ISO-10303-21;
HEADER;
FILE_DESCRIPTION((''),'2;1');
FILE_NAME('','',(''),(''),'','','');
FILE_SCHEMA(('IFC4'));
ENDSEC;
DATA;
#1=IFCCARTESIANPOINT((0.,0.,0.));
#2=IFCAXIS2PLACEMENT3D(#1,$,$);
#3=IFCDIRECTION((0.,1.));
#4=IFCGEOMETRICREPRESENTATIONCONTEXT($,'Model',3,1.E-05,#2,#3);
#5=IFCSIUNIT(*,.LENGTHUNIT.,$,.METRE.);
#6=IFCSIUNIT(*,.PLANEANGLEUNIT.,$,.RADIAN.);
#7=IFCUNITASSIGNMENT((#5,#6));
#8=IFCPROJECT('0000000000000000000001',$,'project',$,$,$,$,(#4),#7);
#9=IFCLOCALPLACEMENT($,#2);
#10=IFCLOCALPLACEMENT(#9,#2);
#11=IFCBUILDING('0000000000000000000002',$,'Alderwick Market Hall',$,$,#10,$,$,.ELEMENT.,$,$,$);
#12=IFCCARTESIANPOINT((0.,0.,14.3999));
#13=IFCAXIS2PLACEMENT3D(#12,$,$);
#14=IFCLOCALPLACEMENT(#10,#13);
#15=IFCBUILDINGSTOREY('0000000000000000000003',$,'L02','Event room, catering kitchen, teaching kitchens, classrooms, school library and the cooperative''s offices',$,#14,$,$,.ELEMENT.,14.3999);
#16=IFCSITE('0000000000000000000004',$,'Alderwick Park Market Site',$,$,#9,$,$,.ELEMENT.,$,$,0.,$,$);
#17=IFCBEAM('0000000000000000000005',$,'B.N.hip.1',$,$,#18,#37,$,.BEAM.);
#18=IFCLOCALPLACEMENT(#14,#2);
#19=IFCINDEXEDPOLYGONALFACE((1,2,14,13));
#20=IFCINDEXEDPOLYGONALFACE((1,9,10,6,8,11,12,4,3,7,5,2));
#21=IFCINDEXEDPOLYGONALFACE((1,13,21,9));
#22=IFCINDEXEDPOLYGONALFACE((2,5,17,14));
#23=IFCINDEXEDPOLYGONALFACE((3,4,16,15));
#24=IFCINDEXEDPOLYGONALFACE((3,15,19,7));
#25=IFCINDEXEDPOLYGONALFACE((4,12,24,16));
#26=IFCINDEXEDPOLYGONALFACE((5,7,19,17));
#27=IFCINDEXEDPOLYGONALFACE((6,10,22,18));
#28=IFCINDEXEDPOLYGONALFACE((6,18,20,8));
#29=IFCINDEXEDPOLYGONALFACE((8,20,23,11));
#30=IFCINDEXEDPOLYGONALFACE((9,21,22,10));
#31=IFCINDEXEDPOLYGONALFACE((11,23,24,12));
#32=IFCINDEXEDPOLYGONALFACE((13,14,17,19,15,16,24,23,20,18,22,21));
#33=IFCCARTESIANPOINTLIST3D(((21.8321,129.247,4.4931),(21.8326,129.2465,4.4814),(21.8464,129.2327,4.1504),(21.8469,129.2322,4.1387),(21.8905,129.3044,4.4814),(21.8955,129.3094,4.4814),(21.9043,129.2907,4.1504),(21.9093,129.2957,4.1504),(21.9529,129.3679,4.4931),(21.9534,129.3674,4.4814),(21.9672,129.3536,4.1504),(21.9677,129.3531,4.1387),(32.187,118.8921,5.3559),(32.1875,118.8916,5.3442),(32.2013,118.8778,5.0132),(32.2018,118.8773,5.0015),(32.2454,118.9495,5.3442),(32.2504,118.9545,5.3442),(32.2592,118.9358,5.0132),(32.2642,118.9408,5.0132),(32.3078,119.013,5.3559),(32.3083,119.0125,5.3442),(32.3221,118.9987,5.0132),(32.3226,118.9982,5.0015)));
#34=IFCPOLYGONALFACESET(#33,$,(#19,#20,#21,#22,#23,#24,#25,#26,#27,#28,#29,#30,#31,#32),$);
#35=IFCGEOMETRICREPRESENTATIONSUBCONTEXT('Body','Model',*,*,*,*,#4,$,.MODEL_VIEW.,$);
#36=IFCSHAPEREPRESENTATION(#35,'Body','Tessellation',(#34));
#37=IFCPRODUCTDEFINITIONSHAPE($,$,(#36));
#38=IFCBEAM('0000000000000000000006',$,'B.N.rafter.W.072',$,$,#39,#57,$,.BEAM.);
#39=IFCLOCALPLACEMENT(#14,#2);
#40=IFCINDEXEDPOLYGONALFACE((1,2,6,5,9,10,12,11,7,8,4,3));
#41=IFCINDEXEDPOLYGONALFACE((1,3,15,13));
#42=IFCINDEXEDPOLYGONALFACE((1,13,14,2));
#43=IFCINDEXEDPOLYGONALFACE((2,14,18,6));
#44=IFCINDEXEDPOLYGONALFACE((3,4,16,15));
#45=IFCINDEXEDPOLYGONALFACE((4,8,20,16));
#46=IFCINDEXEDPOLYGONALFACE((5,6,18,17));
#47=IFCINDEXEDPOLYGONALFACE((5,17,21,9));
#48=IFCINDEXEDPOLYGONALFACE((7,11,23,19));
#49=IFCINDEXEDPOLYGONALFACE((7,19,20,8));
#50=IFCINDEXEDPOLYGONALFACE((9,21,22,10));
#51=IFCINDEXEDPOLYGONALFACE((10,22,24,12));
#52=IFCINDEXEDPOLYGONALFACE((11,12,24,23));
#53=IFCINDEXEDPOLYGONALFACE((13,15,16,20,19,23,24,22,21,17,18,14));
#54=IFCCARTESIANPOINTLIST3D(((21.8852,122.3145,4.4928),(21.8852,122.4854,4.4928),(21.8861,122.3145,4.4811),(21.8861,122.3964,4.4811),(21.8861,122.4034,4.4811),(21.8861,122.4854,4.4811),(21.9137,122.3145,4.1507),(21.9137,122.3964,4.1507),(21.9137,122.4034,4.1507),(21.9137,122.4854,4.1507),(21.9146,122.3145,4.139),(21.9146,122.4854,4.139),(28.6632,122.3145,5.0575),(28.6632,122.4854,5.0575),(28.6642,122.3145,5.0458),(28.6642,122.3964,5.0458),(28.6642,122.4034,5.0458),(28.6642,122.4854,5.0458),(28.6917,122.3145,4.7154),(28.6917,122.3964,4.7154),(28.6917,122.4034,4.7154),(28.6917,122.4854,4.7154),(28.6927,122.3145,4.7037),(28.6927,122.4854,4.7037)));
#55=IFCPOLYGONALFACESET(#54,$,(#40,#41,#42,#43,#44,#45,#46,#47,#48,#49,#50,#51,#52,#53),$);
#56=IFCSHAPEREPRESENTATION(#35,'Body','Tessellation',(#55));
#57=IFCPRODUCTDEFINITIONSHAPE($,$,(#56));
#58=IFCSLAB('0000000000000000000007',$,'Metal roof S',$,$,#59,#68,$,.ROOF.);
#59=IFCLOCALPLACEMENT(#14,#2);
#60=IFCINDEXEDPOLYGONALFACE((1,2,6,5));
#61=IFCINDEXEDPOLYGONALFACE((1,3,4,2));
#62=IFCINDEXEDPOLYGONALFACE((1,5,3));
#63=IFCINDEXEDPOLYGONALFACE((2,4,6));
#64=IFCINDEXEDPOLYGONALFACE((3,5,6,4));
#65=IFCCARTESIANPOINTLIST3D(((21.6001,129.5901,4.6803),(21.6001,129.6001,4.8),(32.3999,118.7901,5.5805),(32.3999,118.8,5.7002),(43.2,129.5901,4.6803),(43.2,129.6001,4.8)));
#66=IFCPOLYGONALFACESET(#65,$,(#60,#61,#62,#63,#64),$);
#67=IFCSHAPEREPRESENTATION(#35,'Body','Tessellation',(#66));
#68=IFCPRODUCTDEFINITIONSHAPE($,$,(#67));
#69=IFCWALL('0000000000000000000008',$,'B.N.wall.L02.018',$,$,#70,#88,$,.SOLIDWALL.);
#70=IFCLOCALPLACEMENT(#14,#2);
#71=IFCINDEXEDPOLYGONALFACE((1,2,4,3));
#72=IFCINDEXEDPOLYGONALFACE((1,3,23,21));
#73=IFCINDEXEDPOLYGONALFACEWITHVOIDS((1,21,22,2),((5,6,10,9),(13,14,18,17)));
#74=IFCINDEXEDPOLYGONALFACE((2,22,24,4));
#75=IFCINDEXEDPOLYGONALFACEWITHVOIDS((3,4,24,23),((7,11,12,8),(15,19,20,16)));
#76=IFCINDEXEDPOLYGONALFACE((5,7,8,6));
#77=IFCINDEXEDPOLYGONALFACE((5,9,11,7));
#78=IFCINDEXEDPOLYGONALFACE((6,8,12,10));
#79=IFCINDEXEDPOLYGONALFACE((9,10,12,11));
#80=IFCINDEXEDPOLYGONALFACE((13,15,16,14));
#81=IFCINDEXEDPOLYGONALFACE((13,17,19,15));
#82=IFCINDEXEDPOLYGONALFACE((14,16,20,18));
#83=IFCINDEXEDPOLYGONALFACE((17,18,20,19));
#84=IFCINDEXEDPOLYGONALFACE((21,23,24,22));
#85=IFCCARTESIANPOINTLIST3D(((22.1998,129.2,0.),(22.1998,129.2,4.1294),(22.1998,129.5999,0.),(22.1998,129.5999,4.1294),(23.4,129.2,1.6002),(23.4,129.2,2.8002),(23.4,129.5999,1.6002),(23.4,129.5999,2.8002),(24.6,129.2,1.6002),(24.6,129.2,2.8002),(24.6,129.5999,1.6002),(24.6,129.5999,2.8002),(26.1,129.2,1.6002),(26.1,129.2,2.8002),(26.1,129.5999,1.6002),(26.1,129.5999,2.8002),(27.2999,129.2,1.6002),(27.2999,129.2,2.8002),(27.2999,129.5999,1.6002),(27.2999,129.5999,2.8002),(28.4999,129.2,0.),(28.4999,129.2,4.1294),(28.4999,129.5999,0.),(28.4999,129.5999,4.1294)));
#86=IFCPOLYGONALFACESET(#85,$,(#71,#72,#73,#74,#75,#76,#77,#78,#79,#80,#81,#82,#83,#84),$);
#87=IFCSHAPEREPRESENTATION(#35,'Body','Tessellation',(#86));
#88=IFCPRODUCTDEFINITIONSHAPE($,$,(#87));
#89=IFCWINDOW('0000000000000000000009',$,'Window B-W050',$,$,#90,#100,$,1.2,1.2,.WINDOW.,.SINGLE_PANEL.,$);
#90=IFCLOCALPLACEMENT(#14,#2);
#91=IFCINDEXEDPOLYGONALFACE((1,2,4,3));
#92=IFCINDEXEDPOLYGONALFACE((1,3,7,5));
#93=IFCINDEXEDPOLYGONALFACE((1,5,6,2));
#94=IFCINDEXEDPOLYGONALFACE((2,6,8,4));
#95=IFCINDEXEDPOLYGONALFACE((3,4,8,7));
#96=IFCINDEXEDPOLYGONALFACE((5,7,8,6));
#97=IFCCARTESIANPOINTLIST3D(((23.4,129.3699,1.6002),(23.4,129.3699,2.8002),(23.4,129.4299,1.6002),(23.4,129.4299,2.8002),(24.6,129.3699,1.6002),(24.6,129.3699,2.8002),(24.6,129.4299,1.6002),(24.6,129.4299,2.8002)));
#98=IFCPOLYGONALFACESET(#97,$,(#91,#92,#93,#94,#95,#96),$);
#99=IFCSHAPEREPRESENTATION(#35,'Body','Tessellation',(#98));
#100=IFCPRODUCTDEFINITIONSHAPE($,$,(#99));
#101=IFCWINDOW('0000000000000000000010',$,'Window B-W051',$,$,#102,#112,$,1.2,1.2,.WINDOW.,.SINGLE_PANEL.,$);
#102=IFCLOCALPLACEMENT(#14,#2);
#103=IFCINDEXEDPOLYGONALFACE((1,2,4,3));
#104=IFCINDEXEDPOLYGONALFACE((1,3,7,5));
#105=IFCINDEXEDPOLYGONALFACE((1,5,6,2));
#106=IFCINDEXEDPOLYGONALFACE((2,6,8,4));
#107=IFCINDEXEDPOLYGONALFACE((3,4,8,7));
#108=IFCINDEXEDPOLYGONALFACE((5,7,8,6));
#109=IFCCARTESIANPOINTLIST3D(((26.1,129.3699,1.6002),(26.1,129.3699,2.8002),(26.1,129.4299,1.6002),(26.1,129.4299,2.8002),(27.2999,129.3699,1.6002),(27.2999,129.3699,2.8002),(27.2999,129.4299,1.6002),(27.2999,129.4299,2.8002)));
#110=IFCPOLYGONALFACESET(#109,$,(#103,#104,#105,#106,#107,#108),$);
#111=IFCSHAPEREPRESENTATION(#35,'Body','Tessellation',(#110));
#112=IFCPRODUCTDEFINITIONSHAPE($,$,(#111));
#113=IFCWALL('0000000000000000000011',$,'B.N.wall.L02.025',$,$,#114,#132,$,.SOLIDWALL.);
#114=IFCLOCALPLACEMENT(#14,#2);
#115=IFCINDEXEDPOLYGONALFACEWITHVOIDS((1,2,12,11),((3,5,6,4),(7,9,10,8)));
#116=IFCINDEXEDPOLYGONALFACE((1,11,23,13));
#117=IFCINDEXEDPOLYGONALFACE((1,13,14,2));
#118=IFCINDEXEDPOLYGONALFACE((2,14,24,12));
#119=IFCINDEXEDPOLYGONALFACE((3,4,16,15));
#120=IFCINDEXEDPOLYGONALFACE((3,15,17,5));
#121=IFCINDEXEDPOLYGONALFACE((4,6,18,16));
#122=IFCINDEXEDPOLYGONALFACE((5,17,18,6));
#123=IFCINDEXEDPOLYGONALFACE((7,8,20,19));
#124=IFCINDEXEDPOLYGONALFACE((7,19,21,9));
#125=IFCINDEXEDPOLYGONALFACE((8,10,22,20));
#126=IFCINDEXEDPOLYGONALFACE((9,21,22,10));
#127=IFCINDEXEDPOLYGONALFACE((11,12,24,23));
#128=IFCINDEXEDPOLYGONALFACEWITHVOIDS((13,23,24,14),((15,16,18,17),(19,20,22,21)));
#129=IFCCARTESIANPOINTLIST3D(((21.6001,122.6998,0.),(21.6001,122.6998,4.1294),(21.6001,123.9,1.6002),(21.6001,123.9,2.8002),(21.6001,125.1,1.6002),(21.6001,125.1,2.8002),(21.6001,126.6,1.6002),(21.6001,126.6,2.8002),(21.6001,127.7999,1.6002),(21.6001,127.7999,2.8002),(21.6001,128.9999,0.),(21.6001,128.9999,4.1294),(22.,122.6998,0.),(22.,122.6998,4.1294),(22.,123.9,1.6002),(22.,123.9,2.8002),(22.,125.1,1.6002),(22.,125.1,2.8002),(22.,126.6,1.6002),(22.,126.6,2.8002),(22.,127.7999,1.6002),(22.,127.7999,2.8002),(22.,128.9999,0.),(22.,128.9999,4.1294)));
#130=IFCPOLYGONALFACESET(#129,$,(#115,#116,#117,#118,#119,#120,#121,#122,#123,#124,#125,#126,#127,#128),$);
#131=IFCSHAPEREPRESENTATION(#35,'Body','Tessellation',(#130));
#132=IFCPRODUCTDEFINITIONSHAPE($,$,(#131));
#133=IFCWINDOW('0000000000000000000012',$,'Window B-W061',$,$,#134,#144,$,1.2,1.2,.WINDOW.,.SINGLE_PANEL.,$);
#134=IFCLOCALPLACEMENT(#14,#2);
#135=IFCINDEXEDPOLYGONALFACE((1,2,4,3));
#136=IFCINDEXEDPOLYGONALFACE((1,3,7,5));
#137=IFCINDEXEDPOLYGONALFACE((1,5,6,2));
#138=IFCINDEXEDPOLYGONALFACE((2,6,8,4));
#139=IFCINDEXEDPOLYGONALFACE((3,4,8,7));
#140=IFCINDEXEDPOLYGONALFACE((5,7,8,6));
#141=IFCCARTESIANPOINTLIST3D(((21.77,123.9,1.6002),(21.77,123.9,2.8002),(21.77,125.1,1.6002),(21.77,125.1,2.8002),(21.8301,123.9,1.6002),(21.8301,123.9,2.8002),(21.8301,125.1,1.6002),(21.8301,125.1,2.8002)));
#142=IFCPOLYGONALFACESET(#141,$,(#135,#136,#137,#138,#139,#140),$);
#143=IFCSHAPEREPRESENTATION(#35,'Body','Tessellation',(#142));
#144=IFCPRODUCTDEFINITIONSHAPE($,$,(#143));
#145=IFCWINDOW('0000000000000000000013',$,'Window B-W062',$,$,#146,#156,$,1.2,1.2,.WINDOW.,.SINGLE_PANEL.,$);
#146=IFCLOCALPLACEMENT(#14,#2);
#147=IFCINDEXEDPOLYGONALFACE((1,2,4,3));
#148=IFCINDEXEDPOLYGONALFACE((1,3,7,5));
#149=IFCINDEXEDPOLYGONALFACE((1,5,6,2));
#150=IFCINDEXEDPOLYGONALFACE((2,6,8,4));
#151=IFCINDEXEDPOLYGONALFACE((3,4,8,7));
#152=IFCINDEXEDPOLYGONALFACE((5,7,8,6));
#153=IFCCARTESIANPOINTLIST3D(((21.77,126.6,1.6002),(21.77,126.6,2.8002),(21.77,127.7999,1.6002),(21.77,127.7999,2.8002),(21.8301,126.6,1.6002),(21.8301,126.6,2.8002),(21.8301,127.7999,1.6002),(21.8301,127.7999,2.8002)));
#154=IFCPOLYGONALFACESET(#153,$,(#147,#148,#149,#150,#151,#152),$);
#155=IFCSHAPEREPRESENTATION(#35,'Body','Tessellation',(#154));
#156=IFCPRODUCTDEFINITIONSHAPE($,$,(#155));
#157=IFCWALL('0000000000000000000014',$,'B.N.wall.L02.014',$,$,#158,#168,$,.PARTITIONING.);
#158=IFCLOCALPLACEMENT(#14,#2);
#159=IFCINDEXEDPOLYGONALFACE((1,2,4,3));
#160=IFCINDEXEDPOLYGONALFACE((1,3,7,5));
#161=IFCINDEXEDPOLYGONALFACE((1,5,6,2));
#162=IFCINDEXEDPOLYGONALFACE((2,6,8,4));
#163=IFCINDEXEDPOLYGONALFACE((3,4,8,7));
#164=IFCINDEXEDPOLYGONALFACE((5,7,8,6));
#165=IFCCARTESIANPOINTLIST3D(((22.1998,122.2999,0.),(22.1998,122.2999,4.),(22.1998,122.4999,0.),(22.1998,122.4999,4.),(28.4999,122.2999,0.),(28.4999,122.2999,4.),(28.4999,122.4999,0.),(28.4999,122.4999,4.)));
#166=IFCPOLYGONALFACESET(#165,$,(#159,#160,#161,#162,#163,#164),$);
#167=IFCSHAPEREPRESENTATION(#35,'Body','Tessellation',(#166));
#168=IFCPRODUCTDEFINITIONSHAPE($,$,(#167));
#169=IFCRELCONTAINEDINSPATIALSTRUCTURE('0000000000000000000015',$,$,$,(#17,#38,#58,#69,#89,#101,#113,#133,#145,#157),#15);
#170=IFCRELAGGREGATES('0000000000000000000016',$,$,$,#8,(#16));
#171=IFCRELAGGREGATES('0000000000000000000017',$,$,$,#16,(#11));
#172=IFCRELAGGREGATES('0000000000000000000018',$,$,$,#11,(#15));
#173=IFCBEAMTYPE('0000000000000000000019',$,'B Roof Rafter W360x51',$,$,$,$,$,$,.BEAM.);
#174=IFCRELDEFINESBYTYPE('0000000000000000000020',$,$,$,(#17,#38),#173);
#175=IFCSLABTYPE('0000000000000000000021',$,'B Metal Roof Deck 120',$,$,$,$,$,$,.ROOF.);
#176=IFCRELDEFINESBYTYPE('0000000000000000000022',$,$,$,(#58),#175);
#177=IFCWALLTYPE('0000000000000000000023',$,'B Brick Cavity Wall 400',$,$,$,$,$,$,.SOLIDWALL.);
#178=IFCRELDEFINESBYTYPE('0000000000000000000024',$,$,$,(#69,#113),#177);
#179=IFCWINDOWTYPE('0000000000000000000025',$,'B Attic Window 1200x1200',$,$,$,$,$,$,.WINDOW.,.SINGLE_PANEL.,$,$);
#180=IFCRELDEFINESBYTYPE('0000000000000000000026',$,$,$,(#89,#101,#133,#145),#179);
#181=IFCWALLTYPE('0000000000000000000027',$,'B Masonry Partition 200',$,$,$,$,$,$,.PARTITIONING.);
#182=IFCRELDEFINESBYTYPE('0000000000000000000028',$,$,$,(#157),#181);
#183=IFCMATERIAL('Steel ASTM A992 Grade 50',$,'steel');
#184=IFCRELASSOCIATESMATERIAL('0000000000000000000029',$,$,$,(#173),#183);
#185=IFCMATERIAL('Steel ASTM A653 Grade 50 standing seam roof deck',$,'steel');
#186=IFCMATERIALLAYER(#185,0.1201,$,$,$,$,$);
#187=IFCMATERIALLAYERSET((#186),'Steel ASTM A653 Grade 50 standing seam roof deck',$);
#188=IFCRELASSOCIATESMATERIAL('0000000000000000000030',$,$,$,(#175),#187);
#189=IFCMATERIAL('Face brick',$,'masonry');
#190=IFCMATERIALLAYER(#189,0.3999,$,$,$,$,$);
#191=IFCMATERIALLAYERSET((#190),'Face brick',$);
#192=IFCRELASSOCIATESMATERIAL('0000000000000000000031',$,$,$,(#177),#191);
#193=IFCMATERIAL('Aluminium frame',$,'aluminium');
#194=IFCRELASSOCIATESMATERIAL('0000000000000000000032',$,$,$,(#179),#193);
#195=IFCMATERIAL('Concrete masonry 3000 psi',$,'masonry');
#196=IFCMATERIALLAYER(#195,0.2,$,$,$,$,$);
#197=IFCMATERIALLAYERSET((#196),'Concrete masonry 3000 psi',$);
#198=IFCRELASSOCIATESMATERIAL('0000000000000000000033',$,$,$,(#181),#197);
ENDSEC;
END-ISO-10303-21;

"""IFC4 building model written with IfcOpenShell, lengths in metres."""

from ifc_helpers import new_model, si_unit, direction, frame, frame_2d, origin, origin_2d, place, context, subcontext, project, spatial, polyline, rectangle, i_section, outline, extrude, material, layer, layer_set, material_profile, profile_set, type_object, element, fill, save


model = new_model("IFC4")

# Units and contexts
model_context = context("Model", 3, precision=1e-05, world=origin(), true_north=direction((0.0, 1.0)))
body_context = subcontext(model_context, "Body", "Model", "MODEL_VIEW")
ifc_project = project(units=[si_unit("LENGTHUNIT", "METRE"), si_unit("PLANEANGLEUNIT", "RADIAN")], contexts=[model_context])

# Site, building, storey
site_placement = place(None, origin())
site = spatial("IfcSite", under=ifc_project, at=site_placement, Name="Alderwick Park Market Site", CompositionType="ELEMENT", RefElevation=0.0)
building_placement = place(site_placement, origin())
building = spatial("IfcBuilding", under=site, at=building_placement, Name="Alderwick Market Hall", CompositionType="ELEMENT")
storey_placement = place(building_placement, frame((0.0, 0.0, 14.3999)))
storey = spatial("IfcBuildingStorey", under=building, at=storey_placement, Name="L02", Description="Event room, catering kitchen, teaching kitchens, classrooms, school library and the cooperative's offices", CompositionType="ELEMENT", Elevation=14.3999)

# Shared definitions
ifc_material_1 = material(Name="Steel ASTM A992 Grade 50", Category="steel")

# Beams
ifc_material_profile_1 = material_profile(ifc_material_1, i_section(OverallWidth=0.1709, OverallDepth=0.355, WebThickness=0.0071, FlangeThickness=0.0117, at=origin_2d()), Name="W360x51")
ifc_profile_set_1 = profile_set([ifc_material_profile_1], Name="Steel ASTM A992 Grade 50")
beam_type_1 = type_object("IfcBeamType", Name="B Roof Rafter W360x51", PredefinedType="BEAM", material=ifc_profile_set_1)
beam_1_placement = place(storey_placement, frame((21.8999, 129.3, 4.3159), z_axis=(0.705883, -0.705883, 0.058815), x_axis=(0.707107, 0.707107, 0.0)))
element("IfcBeam", 1, at=beam_1_placement, inside=storey, type_object=beam_type_1, Name="B.N.hip.1", PredefinedType="BEAM", context=body_context, shape_type="SweptSolid", body=[
    extrude(i_section(OverallWidth=0.1709, OverallDepth=0.355, WebThickness=0.0071, FlangeThickness=0.0117, at=origin_2d()), origin(), (0.0, 0.0, 1.0), 14.6694),
])
beam_2_placement = place(storey_placement, frame((21.8999, 122.3999, 4.3159), z_axis=(0.996547, 0.0, 0.083025), x_axis=(0.0, 1.0, 0.0)))
element("IfcBeam", 2, at=beam_2_placement, inside=storey, type_object=beam_type_1, Name="B.N.rafter.W.072", PredefinedType="BEAM", context=body_context, shape_type="SweptSolid", body=[
    extrude(i_section(OverallWidth=0.1709, OverallDepth=0.355, WebThickness=0.0071, FlangeThickness=0.0117, at=origin_2d()), origin(), (0.0, 0.0, 1.0), 6.8015),
])

# Slab
ifc_material_2 = material(Name="Steel ASTM A653 Grade 50 standing seam roof deck", Category="steel")
ifc_layer_1 = layer(ifc_material_2, 0.1201)
ifc_layer_set_1 = layer_set([ifc_layer_1], Name="Steel ASTM A653 Grade 50 standing seam roof deck")
slab_type = type_object("IfcSlabType", Name="B Metal Roof Deck 120", PredefinedType="ROOF", material=ifc_layer_set_1)
slab_placement = place(storey_placement, frame((21.6001, 129.6001, 4.8), z_axis=(0.0, 0.083059, 0.996545), x_axis=(1.0, 0.0, 0.0)))
element("IfcSlab", 3, at=slab_placement, inside=storey, type_object=slab_type, Name="Metal roof S", PredefinedType="ROOF", context=body_context, shape_type="SweptSolid", body=[
    extrude(outline(polyline([(0.0, 0.0), (21.5999, 0.0), (10.7998, -10.8375), (0.0, 0.0)])), origin(), (0.0, 0.0, -1.0), 0.1201),
])

# Walls, openings, windows
ifc_material_3 = material(Name="Face brick", Category="masonry")
ifc_layer_2 = layer(ifc_material_3, 0.3999)
ifc_layer_set_2 = layer_set([ifc_layer_2], Name="Face brick")
wall_type_1 = type_object("IfcWallType", Name="B Brick Cavity Wall 400", PredefinedType="SOLIDWALL", material=ifc_layer_set_2)
wall_1_placement = place(storey_placement, frame((22.2, 129.3999, 0.0), z_axis=(0.0, 0.0, 1.0), x_axis=(1.0, 0.0, 0.0)))
wall_1 = element("IfcWall", 4, at=wall_1_placement, inside=storey, type_object=wall_type_1, Name="B.N.wall.L02.018", PredefinedType="SOLIDWALL", context=body_context, shape_type="SweptSolid", body=[
    extrude(rectangle(XDim=6.3, YDim=0.3999, at=frame_2d((3.1499, 0.0))), origin(), (0.0, 0.0, 1.0), 4.1294),
])
opening_1_placement = place(wall_1_placement, frame((1.2, 0.0, 1.6001)))
opening_1 = element("IfcOpeningElement", 5, at=opening_1_placement, cuts=wall_1, PredefinedType="OPENING", context=body_context, shape_type="SweptSolid", body=[
    extrude(rectangle(XDim=1.2, YDim=1.2, at=frame_2d((0.6001, 0.6001))), frame((0.0, 0.21, 0.0), z_axis=(0.0, -1.0, 0.0), x_axis=(1.0, 0.0, 0.0)), (0.0, 0.0, 1.0), 0.4199),
])
opening_2_placement = place(wall_1_placement, frame((3.8999, 0.0, 1.6001)))
opening_2 = element("IfcOpeningElement", 6, at=opening_2_placement, cuts=wall_1, PredefinedType="OPENING", context=body_context, shape_type="SweptSolid", body=[
    extrude(rectangle(XDim=1.2, YDim=1.2, at=frame_2d((0.6001, 0.6001))), frame((0.0, 0.21, 0.0), z_axis=(0.0, -1.0, 0.0), x_axis=(1.0, 0.0, 0.0)), (0.0, 0.0, 1.0), 0.4199),
])
ifc_material_4 = material(Name="Aluminium frame", Category="aluminium")
window_type = type_object("IfcWindowType", Name="B Attic Window 1200x1200", PartitioningType="SINGLE_PANEL", PredefinedType="WINDOW", material=ifc_material_4)
window_1_placement = place(opening_1_placement, origin())
window_1 = element("IfcWindow", 7, at=window_1_placement, inside=storey, type_object=window_type, Name="Window B-W050", OverallHeight=1.2, OverallWidth=1.2, PartitioningType="SINGLE_PANEL", PredefinedType="WINDOW", context=body_context, shape_type="SweptSolid", body=[
    extrude(rectangle(XDim=1.2, YDim=1.2, at=frame_2d((0.6001, 0.6001))), frame((0.0, 0.03, 0.0), z_axis=(0.0, -1.0, 0.0), x_axis=(1.0, 0.0, 0.0)), (0.0, 0.0, 1.0), 0.0601),
])
fill(opening_1, window_1)
window_2_placement = place(opening_2_placement, origin())
window_2 = element("IfcWindow", 8, at=window_2_placement, inside=storey, type_object=window_type, Name="Window B-W051", OverallHeight=1.2, OverallWidth=1.2, PartitioningType="SINGLE_PANEL", PredefinedType="WINDOW", context=body_context, shape_type="SweptSolid", body=[
    extrude(rectangle(XDim=1.2, YDim=1.2, at=frame_2d((0.6001, 0.6001))), frame((0.0, 0.03, 0.0), z_axis=(0.0, -1.0, 0.0), x_axis=(1.0, 0.0, 0.0)), (0.0, 0.0, 1.0), 0.0601),
])
fill(opening_2, window_2)
wall_2_placement = place(storey_placement, frame((21.8, 122.7, 0.0), z_axis=(0.0, 0.0, 1.0), x_axis=(0.0, 1.0, 0.0)))
wall_2 = element("IfcWall", 9, at=wall_2_placement, inside=storey, type_object=wall_type_1, Name="B.N.wall.L02.025", PredefinedType="SOLIDWALL", context=body_context, shape_type="SweptSolid", body=[
    extrude(rectangle(XDim=6.3, YDim=0.3999, at=frame_2d((3.1499, 0.0))), origin(), (0.0, 0.0, 1.0), 4.1294),
])
opening_3_placement = place(wall_2_placement, frame((1.2, 0.0, 1.6001)))
opening_3 = element("IfcOpeningElement", 10, at=opening_3_placement, cuts=wall_2, PredefinedType="OPENING", context=body_context, shape_type="SweptSolid", body=[
    extrude(rectangle(XDim=1.2, YDim=1.2, at=frame_2d((0.6001, 0.6001))), frame((0.0, 0.21, 0.0), z_axis=(0.0, -1.0, 0.0), x_axis=(1.0, 0.0, 0.0)), (0.0, 0.0, 1.0), 0.4199),
])
opening_4_placement = place(wall_2_placement, frame((3.8999, 0.0, 1.6001)))
opening_4 = element("IfcOpeningElement", 11, at=opening_4_placement, cuts=wall_2, PredefinedType="OPENING", context=body_context, shape_type="SweptSolid", body=[
    extrude(rectangle(XDim=1.2, YDim=1.2, at=frame_2d((0.6001, 0.6001))), frame((0.0, 0.21, 0.0), z_axis=(0.0, -1.0, 0.0), x_axis=(1.0, 0.0, 0.0)), (0.0, 0.0, 1.0), 0.4199),
])
window_3_placement = place(opening_3_placement, origin())
window_3 = element("IfcWindow", 12, at=window_3_placement, inside=storey, type_object=window_type, Name="Window B-W061", OverallHeight=1.2, OverallWidth=1.2, PartitioningType="SINGLE_PANEL", PredefinedType="WINDOW", context=body_context, shape_type="SweptSolid", body=[
    extrude(rectangle(XDim=1.2, YDim=1.2, at=frame_2d((0.6001, 0.6001))), frame((0.0, 0.03, 0.0), z_axis=(0.0, -1.0, 0.0), x_axis=(1.0, 0.0, 0.0)), (0.0, 0.0, 1.0), 0.0601),
])
fill(opening_3, window_3)
window_4_placement = place(opening_4_placement, origin())
window_4 = element("IfcWindow", 13, at=window_4_placement, inside=storey, type_object=window_type, Name="Window B-W062", OverallHeight=1.2, OverallWidth=1.2, PartitioningType="SINGLE_PANEL", PredefinedType="WINDOW", context=body_context, shape_type="SweptSolid", body=[
    extrude(rectangle(XDim=1.2, YDim=1.2, at=frame_2d((0.6001, 0.6001))), frame((0.0, 0.03, 0.0), z_axis=(0.0, -1.0, 0.0), x_axis=(1.0, 0.0, 0.0)), (0.0, 0.0, 1.0), 0.0601),
])
fill(opening_4, window_4)

# Wall
ifc_material_5 = material(Name="Concrete masonry 3000 psi", Category="masonry")
ifc_layer_3 = layer(ifc_material_5, 0.2)
ifc_layer_set_3 = layer_set([ifc_layer_3], Name="Concrete masonry 3000 psi")
wall_type_2 = type_object("IfcWallType", Name="B Masonry Partition 200", PredefinedType="PARTITIONING", material=ifc_layer_set_3)
wall_3_placement = place(storey_placement, frame((22.2, 122.3999, 0.0), z_axis=(0.0, 0.0, 1.0), x_axis=(1.0, 0.0, 0.0)))
element("IfcWall", 14, at=wall_3_placement, inside=storey, type_object=wall_type_2, Name="B.N.wall.L02.014", PredefinedType="PARTITIONING", context=body_context, shape_type="SweptSolid", body=[
    extrude(rectangle(XDim=6.3, YDim=0.2, at=frame_2d((3.1499, 0.0))), origin(), (0.0, 0.0, 1.0), 4.0),
])

save(model, "model.ifc")
